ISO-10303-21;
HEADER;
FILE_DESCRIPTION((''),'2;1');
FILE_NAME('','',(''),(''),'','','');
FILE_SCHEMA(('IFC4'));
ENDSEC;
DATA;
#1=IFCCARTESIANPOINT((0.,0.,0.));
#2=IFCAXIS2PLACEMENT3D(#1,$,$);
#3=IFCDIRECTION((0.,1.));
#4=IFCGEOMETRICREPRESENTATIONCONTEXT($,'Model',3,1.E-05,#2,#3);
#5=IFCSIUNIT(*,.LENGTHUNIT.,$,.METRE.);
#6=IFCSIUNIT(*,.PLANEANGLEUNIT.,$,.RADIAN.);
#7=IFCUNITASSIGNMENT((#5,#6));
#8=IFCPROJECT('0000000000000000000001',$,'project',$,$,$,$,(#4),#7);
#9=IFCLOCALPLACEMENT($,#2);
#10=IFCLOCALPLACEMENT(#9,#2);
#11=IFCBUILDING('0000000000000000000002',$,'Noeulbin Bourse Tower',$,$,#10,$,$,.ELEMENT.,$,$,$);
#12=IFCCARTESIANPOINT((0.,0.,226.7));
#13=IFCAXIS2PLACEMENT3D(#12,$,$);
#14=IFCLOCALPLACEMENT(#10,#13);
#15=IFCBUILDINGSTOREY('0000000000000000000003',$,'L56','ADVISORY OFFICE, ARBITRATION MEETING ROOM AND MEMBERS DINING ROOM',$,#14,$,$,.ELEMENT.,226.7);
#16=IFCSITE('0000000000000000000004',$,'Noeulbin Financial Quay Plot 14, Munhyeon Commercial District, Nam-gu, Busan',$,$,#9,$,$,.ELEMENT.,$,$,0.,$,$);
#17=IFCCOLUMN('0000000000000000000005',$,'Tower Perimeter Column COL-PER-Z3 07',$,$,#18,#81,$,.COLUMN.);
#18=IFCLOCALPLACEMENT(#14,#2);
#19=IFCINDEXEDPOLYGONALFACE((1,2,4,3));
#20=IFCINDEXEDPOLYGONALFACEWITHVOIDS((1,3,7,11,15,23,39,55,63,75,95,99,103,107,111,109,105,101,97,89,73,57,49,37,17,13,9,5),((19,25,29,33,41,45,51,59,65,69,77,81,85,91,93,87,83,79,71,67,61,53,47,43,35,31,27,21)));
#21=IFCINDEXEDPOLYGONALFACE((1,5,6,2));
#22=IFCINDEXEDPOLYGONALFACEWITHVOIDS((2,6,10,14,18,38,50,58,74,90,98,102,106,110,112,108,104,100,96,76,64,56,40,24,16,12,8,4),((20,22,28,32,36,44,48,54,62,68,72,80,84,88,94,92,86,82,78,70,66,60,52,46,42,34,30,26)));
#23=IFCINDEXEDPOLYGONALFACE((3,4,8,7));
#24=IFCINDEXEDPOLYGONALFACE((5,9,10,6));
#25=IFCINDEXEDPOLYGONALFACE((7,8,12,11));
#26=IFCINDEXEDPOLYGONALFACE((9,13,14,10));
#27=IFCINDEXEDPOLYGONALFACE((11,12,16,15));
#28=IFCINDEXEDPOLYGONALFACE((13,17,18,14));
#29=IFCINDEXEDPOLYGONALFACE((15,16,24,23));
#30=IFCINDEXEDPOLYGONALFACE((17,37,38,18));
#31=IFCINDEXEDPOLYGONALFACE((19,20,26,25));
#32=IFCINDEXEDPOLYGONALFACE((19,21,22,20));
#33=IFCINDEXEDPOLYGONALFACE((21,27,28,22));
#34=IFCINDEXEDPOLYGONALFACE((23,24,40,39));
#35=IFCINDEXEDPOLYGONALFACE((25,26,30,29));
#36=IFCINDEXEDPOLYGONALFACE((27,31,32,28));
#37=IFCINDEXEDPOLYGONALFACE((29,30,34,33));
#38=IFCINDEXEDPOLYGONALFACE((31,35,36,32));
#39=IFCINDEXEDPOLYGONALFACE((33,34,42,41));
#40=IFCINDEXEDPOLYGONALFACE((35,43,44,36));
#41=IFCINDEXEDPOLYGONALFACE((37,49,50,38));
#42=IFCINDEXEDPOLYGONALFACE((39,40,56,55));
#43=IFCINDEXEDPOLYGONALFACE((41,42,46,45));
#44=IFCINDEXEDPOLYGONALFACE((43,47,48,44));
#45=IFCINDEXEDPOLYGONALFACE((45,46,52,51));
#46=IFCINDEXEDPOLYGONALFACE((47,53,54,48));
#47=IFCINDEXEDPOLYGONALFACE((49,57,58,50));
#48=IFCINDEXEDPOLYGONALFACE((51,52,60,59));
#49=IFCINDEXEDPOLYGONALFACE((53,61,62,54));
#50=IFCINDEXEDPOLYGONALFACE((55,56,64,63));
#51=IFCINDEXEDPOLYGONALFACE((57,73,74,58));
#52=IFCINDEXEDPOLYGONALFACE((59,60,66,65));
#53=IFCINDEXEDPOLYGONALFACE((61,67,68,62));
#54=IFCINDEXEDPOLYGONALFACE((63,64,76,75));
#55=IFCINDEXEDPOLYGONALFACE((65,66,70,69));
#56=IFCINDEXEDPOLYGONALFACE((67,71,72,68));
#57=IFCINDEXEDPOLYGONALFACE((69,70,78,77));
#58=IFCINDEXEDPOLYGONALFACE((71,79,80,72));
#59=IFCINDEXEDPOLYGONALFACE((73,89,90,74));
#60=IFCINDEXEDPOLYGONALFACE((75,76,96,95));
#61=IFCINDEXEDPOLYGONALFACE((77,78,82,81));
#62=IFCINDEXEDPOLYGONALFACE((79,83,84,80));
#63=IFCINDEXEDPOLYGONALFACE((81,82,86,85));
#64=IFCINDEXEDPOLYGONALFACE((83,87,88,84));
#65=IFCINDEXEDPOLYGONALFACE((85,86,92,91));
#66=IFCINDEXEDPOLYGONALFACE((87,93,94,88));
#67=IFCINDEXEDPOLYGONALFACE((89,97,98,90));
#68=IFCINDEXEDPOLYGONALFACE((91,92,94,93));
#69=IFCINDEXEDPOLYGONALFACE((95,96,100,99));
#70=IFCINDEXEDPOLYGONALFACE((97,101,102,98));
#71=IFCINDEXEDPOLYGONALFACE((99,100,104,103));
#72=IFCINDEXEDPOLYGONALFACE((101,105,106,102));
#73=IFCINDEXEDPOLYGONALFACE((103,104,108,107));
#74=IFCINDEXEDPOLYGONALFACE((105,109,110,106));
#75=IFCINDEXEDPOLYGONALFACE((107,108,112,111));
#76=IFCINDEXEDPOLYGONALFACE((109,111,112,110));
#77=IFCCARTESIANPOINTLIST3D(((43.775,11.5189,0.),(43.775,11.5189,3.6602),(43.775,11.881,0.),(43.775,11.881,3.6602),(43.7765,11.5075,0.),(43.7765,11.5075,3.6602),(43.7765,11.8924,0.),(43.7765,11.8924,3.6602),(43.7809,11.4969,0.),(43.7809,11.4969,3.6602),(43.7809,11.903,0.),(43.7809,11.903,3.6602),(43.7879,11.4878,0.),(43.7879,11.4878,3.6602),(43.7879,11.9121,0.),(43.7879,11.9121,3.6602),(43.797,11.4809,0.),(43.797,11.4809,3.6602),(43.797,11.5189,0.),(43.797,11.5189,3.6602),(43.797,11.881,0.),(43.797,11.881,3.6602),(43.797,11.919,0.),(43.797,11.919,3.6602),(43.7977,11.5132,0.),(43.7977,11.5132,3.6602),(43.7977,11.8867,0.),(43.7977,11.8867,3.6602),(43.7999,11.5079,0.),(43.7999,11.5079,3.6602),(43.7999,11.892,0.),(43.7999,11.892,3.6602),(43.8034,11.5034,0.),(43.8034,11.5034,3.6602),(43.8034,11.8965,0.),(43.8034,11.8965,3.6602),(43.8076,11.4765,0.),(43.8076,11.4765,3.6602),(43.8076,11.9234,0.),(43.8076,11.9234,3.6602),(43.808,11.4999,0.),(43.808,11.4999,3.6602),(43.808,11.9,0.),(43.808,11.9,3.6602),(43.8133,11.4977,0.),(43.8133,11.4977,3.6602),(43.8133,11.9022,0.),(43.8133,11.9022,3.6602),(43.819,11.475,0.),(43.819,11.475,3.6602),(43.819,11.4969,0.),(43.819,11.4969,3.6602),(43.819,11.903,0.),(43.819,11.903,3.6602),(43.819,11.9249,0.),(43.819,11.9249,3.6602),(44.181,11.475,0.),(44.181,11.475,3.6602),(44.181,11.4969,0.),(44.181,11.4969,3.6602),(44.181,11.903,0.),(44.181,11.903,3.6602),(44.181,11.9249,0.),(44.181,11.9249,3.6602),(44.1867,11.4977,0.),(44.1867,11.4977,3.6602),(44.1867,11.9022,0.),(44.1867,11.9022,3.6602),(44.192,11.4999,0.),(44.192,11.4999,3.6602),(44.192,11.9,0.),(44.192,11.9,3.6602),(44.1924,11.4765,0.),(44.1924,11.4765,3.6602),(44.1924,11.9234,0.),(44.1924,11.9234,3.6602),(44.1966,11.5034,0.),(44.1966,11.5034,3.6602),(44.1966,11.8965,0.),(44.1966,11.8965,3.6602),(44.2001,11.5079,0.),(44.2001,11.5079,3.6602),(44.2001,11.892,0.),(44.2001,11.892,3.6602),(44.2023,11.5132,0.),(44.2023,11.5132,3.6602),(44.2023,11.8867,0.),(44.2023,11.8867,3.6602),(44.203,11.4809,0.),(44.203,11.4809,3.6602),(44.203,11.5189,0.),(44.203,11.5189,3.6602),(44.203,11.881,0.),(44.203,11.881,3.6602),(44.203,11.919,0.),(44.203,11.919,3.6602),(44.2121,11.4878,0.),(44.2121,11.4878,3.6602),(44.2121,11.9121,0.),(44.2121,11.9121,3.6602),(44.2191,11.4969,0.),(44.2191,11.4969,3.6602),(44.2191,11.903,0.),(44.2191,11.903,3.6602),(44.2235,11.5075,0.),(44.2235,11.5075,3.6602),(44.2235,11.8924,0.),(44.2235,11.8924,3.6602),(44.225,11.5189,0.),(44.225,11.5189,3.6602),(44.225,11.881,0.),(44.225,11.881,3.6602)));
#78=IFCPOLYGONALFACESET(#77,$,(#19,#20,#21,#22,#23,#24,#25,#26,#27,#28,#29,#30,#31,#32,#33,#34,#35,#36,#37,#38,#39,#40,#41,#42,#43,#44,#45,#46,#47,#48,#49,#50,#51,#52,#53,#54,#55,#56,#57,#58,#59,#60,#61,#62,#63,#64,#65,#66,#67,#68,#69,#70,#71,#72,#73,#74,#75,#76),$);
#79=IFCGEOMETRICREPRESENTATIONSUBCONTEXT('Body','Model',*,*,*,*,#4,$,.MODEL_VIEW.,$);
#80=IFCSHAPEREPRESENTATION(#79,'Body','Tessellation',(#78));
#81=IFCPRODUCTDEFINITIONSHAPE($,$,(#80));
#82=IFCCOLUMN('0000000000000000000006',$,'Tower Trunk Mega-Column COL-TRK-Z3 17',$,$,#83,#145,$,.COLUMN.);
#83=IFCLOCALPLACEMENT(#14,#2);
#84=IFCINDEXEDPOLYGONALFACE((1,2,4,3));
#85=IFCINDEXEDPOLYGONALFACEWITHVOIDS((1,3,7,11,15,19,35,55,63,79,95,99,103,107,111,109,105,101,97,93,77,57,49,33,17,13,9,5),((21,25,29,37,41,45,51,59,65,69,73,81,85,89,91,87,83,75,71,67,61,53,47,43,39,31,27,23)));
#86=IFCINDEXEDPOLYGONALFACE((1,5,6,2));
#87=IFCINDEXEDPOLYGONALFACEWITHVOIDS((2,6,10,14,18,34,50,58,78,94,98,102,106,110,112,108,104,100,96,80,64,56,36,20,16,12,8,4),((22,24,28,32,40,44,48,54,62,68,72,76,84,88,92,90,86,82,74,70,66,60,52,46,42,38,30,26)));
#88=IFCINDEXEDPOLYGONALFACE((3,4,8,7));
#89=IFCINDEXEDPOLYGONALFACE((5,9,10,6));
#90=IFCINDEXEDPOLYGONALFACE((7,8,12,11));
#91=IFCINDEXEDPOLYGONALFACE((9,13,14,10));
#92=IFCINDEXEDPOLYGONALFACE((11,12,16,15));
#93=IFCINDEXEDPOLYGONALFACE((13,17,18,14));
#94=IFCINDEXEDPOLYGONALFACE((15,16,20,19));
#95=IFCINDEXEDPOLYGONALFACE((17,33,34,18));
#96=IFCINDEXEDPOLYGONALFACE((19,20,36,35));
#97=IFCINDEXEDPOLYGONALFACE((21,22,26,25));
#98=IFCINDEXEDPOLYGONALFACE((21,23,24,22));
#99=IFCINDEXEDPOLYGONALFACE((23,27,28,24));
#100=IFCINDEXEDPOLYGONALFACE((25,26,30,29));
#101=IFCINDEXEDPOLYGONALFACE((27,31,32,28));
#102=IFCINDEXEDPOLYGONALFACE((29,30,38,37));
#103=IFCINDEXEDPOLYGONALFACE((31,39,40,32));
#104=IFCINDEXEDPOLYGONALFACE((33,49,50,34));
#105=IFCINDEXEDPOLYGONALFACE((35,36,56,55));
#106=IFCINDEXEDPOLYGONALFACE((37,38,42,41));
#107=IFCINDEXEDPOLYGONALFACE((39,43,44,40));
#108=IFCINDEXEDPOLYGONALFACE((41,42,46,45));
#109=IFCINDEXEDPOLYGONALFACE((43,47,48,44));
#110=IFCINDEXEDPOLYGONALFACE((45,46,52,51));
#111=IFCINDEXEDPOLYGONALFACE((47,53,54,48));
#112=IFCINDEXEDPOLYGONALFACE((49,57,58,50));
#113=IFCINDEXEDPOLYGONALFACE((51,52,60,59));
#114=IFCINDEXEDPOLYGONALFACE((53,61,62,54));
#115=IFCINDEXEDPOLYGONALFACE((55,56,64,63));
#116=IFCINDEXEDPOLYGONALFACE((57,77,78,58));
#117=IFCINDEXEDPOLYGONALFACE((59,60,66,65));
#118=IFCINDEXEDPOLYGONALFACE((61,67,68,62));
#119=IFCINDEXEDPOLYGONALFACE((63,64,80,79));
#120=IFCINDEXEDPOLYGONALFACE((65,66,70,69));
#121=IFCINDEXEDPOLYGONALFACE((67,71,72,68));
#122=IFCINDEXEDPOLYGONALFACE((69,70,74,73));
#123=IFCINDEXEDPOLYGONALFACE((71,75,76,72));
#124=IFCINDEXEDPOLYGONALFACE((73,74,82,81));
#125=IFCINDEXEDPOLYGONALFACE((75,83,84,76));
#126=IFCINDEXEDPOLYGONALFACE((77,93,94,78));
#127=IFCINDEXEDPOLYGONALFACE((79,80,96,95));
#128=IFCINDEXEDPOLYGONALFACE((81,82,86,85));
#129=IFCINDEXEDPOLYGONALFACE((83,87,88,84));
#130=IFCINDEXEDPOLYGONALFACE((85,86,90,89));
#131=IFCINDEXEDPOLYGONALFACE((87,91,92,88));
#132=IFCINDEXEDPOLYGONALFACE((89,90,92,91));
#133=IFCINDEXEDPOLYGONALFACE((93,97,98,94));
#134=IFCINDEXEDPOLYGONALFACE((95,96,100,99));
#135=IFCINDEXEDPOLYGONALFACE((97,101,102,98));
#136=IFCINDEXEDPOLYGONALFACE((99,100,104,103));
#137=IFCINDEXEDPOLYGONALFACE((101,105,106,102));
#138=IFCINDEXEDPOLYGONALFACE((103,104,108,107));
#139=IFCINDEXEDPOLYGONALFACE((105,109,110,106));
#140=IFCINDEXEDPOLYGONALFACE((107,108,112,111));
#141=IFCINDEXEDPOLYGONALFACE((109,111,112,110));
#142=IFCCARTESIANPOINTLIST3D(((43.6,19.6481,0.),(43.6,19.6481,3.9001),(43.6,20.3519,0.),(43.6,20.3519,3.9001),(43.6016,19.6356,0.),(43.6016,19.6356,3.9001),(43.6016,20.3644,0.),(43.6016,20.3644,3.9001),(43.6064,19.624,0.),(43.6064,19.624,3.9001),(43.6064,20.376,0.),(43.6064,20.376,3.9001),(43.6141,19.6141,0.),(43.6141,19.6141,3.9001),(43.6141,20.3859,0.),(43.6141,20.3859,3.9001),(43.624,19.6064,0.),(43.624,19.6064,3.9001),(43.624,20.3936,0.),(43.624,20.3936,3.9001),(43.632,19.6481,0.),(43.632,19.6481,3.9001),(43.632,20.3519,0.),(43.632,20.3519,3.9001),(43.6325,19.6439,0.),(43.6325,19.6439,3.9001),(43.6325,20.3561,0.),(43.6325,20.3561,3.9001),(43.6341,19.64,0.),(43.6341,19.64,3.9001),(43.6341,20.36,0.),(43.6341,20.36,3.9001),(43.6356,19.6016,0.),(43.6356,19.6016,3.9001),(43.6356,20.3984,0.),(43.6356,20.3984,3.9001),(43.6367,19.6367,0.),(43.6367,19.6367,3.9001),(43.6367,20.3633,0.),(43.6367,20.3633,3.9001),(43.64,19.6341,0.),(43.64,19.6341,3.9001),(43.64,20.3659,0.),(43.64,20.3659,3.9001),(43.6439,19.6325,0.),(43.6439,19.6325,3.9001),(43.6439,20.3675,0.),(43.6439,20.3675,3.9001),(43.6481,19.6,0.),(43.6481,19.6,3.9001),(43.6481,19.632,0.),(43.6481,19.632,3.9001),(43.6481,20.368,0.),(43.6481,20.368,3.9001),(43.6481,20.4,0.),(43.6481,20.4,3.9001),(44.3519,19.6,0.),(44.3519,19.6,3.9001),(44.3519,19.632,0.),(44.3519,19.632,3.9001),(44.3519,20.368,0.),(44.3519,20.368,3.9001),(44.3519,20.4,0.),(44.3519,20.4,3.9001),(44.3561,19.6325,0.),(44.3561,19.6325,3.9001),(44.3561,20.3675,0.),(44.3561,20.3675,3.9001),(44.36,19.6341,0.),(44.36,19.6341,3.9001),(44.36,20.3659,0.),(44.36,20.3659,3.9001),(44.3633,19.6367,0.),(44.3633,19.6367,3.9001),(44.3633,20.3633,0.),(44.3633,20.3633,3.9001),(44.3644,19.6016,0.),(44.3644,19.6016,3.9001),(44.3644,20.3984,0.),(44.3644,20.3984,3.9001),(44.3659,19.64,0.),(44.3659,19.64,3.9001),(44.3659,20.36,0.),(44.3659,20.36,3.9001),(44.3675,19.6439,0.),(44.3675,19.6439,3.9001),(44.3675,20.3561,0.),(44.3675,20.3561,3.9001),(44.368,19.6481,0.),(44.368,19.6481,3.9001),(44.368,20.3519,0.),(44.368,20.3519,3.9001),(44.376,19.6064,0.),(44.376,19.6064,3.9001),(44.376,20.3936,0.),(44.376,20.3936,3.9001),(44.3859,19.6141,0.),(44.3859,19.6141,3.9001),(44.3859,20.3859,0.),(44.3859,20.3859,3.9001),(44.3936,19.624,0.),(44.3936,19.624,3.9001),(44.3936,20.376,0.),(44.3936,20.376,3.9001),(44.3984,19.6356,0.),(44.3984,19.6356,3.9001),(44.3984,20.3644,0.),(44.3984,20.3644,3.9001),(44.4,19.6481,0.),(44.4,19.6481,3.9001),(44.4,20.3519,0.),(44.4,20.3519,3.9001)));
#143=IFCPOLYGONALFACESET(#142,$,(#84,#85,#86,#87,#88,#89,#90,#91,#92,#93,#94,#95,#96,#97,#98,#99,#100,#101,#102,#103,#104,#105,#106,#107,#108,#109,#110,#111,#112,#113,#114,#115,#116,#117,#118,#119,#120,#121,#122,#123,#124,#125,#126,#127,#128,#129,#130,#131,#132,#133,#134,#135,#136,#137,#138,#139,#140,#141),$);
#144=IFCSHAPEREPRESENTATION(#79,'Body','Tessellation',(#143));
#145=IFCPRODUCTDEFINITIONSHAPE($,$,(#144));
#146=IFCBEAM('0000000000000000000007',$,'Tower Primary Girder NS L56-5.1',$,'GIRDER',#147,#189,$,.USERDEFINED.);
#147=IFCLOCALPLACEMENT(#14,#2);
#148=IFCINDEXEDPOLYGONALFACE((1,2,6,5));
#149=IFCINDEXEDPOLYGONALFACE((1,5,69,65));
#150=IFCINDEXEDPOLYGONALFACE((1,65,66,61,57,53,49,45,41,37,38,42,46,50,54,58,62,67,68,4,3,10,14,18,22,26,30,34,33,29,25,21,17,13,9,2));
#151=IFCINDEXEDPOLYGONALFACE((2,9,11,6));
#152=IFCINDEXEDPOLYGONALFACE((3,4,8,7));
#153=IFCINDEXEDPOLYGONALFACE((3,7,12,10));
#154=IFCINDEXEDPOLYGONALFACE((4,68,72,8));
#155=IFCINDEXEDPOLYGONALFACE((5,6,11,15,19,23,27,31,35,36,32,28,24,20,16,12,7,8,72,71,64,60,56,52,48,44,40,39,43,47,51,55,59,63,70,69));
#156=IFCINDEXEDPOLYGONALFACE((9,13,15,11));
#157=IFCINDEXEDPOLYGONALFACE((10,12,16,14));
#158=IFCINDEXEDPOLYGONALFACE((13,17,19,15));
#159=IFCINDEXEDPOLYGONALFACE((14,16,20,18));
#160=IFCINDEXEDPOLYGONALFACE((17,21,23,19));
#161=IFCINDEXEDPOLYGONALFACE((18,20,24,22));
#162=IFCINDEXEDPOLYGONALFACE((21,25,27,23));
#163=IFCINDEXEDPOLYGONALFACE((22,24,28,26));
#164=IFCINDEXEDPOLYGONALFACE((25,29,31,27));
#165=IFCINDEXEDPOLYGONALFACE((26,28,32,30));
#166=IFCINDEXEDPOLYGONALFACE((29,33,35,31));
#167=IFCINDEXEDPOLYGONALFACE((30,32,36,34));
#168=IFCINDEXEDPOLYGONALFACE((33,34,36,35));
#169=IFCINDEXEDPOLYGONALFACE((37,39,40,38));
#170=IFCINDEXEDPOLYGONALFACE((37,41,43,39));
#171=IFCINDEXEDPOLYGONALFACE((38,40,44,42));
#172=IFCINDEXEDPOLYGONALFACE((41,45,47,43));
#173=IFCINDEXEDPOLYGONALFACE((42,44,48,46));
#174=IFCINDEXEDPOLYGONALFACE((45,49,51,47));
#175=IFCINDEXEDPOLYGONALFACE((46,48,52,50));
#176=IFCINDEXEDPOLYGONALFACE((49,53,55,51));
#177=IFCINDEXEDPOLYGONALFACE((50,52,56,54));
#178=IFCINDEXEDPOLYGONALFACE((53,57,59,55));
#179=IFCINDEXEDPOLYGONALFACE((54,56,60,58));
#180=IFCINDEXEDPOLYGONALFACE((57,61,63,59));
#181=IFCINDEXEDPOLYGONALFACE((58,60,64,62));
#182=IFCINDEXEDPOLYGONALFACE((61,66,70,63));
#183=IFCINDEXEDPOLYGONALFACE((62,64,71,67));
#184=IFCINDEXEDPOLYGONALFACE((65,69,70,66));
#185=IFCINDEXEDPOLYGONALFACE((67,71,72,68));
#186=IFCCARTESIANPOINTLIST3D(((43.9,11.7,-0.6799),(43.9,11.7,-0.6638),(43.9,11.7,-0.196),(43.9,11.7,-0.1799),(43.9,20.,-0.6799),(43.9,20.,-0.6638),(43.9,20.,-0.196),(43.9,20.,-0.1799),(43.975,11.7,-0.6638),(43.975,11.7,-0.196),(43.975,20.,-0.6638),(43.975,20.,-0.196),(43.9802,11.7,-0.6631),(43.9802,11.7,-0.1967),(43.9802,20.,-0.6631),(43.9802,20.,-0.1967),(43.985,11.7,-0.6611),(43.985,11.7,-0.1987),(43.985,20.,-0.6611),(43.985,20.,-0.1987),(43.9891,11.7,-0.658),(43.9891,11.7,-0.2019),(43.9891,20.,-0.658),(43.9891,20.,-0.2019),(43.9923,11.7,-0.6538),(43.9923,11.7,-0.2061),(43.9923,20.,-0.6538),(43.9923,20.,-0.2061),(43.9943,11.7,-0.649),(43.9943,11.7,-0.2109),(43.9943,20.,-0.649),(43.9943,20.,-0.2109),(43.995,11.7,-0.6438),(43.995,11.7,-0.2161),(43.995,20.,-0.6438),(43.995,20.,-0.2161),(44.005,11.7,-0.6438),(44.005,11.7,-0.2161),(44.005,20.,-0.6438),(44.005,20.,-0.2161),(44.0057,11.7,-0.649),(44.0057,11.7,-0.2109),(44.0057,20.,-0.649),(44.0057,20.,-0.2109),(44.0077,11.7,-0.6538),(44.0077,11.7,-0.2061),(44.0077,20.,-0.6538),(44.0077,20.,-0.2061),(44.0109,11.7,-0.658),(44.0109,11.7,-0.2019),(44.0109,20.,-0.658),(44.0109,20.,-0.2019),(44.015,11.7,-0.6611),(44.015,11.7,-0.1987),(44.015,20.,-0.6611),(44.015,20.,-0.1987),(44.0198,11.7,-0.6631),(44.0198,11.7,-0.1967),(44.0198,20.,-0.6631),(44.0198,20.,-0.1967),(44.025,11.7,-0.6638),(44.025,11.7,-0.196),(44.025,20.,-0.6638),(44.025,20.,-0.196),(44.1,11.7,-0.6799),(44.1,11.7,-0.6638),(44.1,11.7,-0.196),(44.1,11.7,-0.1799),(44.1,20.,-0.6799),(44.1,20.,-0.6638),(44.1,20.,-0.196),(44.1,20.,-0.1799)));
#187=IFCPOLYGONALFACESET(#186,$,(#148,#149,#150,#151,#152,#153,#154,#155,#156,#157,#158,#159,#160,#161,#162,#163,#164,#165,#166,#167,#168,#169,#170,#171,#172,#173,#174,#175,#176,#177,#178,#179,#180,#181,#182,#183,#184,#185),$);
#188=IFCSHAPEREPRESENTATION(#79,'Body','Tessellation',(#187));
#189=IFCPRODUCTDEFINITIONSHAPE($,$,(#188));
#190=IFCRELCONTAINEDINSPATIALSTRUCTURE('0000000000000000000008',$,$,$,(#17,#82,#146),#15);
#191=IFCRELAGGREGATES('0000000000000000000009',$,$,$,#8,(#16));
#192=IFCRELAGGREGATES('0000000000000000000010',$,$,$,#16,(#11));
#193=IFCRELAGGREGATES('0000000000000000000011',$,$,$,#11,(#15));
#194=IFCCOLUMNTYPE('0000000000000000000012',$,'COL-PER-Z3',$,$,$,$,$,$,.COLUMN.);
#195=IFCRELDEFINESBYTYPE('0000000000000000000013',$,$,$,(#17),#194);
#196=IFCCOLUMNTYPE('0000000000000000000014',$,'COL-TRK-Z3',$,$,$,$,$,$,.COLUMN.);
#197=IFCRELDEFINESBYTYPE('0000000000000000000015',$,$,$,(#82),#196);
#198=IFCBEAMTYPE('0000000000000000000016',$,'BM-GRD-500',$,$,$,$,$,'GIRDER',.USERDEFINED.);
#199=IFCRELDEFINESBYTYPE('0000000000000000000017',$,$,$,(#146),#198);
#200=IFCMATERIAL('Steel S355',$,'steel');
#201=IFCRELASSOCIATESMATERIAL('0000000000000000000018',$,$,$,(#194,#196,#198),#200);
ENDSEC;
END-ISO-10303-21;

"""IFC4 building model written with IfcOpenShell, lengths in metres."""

from ifc_helpers import new_model, si_unit, direction, frame, origin, origin_2d, place, context, subcontext, project, spatial, hollow_rectangle, i_section, extrude, material, material_profile, profile_set, type_object, element, save


model = new_model("IFC4")

# Units and contexts
model_context = context("Model", 3, precision=1e-05, world=origin(), true_north=direction((0.0, 1.0)))
body_context = subcontext(model_context, "Body", "Model", "MODEL_VIEW")
ifc_project = project(units=[si_unit("LENGTHUNIT", "METRE"), si_unit("PLANEANGLEUNIT", "RADIAN")], contexts=[model_context])

# Site, building, storey
site_placement = place(None, origin())
site = spatial("IfcSite", under=ifc_project, at=site_placement, Name="Noeulbin Financial Quay Plot 14, Munhyeon Commercial District, Nam-gu, Busan", CompositionType="ELEMENT", RefElevation=0.0)
building_placement = place(site_placement, origin())
building = spatial("IfcBuilding", under=site, at=building_placement, Name="Noeulbin Bourse Tower", CompositionType="ELEMENT")
storey_placement = place(building_placement, frame((0.0, 0.0, 226.7)))
storey = spatial("IfcBuildingStorey", under=building, at=storey_placement, Name="L56", Description="ADVISORY OFFICE, ARBITRATION MEETING ROOM AND MEMBERS DINING ROOM", CompositionType="ELEMENT", Elevation=226.7)

# Columns
ifc_material_1 = material(Name="Steel S355", Category="steel")
ifc_material_profile_1 = material_profile(ifc_material_1, hollow_rectangle(XDim=0.45, YDim=0.45, WallThickness=0.022, InnerFilletRadius=0.022, OuterFilletRadius=0.0439, at=origin_2d()), Name="SHS-450x450x22", Category="LoadBearing")
ifc_profile_set_1 = profile_set([ifc_material_profile_1], Name="Steel S355")
column_type_1 = type_object("IfcColumnType", Name="COL-PER-Z3", PredefinedType="COLUMN", material=ifc_profile_set_1)
column_1_placement = place(storey_placement, frame((44.0, 11.7, 0.0), z_axis=(0.0, 0.0, 1.0), x_axis=(1.0, 0.0, 0.0)))
element("IfcColumn", 1, at=column_1_placement, inside=storey, type_object=column_type_1, Name="Tower Perimeter Column COL-PER-Z3 07", PredefinedType="COLUMN", context=body_context, shape_type="SweptSolid", body=[
    extrude(hollow_rectangle(XDim=0.45, YDim=0.45, WallThickness=0.022, InnerFilletRadius=0.022, OuterFilletRadius=0.0439, at=origin_2d()), origin(), (0.0, 0.0, 1.0), 3.6602),
])
ifc_material_profile_2 = material_profile(ifc_material_1, hollow_rectangle(XDim=0.8, YDim=0.8, WallThickness=0.032, InnerFilletRadius=0.0161, OuterFilletRadius=0.0481, at=origin_2d()), Name="BOX-800x800x32", Category="LoadBearing")
ifc_profile_set_2 = profile_set([ifc_material_profile_2], Name="Steel S355")
column_type_2 = type_object("IfcColumnType", Name="COL-TRK-Z3", PredefinedType="COLUMN", material=ifc_profile_set_2)
column_2_placement = place(storey_placement, frame((44.0, 20.0, 0.0), z_axis=(0.0, 0.0, 1.0), x_axis=(1.0, 0.0, 0.0)))
element("IfcColumn", 2, at=column_2_placement, inside=storey, type_object=column_type_2, Name="Tower Trunk Mega-Column COL-TRK-Z3 17", PredefinedType="COLUMN", context=body_context, shape_type="SweptSolid", body=[
    extrude(hollow_rectangle(XDim=0.8, YDim=0.8, WallThickness=0.032, InnerFilletRadius=0.0161, OuterFilletRadius=0.0481, at=origin_2d()), origin(), (0.0, 0.0, 1.0), 3.9001),
])

# Beam
ifc_material_profile_3 = material_profile(ifc_material_1, i_section(OverallWidth=0.2, OverallDepth=0.5, WebThickness=0.01, FlangeThickness=0.0161, FilletRadius=0.02, at=origin_2d()), Name="H-500x200x10x16", Category="LoadBearing")
ifc_profile_set_3 = profile_set([ifc_material_profile_3], Name="Steel S355")
beam_type_1 = type_object("IfcBeamType", Name="BM-GRD-500", ElementType="GIRDER", PredefinedType="USERDEFINED", material=ifc_profile_set_3)
beam_1_placement = place(storey_placement, frame((44.0, 11.7, -0.4299), z_axis=(0.0, 1.0, 0.0), x_axis=(-1.0, 0.0, 0.0)))
element("IfcBeam", 3, at=beam_1_placement, inside=storey, type_object=beam_type_1, Name="Tower Primary Girder NS L56-5.1", ObjectType="GIRDER", PredefinedType="USERDEFINED", context=body_context, shape_type="SweptSolid", body=[
    extrude(i_section(OverallWidth=0.2, OverallDepth=0.5, WebThickness=0.01, FlangeThickness=0.0161, FilletRadius=0.02, at=origin_2d()), origin(), (0.0, 0.0, 1.0), 8.3),
])

save(model, "model.ifc")
